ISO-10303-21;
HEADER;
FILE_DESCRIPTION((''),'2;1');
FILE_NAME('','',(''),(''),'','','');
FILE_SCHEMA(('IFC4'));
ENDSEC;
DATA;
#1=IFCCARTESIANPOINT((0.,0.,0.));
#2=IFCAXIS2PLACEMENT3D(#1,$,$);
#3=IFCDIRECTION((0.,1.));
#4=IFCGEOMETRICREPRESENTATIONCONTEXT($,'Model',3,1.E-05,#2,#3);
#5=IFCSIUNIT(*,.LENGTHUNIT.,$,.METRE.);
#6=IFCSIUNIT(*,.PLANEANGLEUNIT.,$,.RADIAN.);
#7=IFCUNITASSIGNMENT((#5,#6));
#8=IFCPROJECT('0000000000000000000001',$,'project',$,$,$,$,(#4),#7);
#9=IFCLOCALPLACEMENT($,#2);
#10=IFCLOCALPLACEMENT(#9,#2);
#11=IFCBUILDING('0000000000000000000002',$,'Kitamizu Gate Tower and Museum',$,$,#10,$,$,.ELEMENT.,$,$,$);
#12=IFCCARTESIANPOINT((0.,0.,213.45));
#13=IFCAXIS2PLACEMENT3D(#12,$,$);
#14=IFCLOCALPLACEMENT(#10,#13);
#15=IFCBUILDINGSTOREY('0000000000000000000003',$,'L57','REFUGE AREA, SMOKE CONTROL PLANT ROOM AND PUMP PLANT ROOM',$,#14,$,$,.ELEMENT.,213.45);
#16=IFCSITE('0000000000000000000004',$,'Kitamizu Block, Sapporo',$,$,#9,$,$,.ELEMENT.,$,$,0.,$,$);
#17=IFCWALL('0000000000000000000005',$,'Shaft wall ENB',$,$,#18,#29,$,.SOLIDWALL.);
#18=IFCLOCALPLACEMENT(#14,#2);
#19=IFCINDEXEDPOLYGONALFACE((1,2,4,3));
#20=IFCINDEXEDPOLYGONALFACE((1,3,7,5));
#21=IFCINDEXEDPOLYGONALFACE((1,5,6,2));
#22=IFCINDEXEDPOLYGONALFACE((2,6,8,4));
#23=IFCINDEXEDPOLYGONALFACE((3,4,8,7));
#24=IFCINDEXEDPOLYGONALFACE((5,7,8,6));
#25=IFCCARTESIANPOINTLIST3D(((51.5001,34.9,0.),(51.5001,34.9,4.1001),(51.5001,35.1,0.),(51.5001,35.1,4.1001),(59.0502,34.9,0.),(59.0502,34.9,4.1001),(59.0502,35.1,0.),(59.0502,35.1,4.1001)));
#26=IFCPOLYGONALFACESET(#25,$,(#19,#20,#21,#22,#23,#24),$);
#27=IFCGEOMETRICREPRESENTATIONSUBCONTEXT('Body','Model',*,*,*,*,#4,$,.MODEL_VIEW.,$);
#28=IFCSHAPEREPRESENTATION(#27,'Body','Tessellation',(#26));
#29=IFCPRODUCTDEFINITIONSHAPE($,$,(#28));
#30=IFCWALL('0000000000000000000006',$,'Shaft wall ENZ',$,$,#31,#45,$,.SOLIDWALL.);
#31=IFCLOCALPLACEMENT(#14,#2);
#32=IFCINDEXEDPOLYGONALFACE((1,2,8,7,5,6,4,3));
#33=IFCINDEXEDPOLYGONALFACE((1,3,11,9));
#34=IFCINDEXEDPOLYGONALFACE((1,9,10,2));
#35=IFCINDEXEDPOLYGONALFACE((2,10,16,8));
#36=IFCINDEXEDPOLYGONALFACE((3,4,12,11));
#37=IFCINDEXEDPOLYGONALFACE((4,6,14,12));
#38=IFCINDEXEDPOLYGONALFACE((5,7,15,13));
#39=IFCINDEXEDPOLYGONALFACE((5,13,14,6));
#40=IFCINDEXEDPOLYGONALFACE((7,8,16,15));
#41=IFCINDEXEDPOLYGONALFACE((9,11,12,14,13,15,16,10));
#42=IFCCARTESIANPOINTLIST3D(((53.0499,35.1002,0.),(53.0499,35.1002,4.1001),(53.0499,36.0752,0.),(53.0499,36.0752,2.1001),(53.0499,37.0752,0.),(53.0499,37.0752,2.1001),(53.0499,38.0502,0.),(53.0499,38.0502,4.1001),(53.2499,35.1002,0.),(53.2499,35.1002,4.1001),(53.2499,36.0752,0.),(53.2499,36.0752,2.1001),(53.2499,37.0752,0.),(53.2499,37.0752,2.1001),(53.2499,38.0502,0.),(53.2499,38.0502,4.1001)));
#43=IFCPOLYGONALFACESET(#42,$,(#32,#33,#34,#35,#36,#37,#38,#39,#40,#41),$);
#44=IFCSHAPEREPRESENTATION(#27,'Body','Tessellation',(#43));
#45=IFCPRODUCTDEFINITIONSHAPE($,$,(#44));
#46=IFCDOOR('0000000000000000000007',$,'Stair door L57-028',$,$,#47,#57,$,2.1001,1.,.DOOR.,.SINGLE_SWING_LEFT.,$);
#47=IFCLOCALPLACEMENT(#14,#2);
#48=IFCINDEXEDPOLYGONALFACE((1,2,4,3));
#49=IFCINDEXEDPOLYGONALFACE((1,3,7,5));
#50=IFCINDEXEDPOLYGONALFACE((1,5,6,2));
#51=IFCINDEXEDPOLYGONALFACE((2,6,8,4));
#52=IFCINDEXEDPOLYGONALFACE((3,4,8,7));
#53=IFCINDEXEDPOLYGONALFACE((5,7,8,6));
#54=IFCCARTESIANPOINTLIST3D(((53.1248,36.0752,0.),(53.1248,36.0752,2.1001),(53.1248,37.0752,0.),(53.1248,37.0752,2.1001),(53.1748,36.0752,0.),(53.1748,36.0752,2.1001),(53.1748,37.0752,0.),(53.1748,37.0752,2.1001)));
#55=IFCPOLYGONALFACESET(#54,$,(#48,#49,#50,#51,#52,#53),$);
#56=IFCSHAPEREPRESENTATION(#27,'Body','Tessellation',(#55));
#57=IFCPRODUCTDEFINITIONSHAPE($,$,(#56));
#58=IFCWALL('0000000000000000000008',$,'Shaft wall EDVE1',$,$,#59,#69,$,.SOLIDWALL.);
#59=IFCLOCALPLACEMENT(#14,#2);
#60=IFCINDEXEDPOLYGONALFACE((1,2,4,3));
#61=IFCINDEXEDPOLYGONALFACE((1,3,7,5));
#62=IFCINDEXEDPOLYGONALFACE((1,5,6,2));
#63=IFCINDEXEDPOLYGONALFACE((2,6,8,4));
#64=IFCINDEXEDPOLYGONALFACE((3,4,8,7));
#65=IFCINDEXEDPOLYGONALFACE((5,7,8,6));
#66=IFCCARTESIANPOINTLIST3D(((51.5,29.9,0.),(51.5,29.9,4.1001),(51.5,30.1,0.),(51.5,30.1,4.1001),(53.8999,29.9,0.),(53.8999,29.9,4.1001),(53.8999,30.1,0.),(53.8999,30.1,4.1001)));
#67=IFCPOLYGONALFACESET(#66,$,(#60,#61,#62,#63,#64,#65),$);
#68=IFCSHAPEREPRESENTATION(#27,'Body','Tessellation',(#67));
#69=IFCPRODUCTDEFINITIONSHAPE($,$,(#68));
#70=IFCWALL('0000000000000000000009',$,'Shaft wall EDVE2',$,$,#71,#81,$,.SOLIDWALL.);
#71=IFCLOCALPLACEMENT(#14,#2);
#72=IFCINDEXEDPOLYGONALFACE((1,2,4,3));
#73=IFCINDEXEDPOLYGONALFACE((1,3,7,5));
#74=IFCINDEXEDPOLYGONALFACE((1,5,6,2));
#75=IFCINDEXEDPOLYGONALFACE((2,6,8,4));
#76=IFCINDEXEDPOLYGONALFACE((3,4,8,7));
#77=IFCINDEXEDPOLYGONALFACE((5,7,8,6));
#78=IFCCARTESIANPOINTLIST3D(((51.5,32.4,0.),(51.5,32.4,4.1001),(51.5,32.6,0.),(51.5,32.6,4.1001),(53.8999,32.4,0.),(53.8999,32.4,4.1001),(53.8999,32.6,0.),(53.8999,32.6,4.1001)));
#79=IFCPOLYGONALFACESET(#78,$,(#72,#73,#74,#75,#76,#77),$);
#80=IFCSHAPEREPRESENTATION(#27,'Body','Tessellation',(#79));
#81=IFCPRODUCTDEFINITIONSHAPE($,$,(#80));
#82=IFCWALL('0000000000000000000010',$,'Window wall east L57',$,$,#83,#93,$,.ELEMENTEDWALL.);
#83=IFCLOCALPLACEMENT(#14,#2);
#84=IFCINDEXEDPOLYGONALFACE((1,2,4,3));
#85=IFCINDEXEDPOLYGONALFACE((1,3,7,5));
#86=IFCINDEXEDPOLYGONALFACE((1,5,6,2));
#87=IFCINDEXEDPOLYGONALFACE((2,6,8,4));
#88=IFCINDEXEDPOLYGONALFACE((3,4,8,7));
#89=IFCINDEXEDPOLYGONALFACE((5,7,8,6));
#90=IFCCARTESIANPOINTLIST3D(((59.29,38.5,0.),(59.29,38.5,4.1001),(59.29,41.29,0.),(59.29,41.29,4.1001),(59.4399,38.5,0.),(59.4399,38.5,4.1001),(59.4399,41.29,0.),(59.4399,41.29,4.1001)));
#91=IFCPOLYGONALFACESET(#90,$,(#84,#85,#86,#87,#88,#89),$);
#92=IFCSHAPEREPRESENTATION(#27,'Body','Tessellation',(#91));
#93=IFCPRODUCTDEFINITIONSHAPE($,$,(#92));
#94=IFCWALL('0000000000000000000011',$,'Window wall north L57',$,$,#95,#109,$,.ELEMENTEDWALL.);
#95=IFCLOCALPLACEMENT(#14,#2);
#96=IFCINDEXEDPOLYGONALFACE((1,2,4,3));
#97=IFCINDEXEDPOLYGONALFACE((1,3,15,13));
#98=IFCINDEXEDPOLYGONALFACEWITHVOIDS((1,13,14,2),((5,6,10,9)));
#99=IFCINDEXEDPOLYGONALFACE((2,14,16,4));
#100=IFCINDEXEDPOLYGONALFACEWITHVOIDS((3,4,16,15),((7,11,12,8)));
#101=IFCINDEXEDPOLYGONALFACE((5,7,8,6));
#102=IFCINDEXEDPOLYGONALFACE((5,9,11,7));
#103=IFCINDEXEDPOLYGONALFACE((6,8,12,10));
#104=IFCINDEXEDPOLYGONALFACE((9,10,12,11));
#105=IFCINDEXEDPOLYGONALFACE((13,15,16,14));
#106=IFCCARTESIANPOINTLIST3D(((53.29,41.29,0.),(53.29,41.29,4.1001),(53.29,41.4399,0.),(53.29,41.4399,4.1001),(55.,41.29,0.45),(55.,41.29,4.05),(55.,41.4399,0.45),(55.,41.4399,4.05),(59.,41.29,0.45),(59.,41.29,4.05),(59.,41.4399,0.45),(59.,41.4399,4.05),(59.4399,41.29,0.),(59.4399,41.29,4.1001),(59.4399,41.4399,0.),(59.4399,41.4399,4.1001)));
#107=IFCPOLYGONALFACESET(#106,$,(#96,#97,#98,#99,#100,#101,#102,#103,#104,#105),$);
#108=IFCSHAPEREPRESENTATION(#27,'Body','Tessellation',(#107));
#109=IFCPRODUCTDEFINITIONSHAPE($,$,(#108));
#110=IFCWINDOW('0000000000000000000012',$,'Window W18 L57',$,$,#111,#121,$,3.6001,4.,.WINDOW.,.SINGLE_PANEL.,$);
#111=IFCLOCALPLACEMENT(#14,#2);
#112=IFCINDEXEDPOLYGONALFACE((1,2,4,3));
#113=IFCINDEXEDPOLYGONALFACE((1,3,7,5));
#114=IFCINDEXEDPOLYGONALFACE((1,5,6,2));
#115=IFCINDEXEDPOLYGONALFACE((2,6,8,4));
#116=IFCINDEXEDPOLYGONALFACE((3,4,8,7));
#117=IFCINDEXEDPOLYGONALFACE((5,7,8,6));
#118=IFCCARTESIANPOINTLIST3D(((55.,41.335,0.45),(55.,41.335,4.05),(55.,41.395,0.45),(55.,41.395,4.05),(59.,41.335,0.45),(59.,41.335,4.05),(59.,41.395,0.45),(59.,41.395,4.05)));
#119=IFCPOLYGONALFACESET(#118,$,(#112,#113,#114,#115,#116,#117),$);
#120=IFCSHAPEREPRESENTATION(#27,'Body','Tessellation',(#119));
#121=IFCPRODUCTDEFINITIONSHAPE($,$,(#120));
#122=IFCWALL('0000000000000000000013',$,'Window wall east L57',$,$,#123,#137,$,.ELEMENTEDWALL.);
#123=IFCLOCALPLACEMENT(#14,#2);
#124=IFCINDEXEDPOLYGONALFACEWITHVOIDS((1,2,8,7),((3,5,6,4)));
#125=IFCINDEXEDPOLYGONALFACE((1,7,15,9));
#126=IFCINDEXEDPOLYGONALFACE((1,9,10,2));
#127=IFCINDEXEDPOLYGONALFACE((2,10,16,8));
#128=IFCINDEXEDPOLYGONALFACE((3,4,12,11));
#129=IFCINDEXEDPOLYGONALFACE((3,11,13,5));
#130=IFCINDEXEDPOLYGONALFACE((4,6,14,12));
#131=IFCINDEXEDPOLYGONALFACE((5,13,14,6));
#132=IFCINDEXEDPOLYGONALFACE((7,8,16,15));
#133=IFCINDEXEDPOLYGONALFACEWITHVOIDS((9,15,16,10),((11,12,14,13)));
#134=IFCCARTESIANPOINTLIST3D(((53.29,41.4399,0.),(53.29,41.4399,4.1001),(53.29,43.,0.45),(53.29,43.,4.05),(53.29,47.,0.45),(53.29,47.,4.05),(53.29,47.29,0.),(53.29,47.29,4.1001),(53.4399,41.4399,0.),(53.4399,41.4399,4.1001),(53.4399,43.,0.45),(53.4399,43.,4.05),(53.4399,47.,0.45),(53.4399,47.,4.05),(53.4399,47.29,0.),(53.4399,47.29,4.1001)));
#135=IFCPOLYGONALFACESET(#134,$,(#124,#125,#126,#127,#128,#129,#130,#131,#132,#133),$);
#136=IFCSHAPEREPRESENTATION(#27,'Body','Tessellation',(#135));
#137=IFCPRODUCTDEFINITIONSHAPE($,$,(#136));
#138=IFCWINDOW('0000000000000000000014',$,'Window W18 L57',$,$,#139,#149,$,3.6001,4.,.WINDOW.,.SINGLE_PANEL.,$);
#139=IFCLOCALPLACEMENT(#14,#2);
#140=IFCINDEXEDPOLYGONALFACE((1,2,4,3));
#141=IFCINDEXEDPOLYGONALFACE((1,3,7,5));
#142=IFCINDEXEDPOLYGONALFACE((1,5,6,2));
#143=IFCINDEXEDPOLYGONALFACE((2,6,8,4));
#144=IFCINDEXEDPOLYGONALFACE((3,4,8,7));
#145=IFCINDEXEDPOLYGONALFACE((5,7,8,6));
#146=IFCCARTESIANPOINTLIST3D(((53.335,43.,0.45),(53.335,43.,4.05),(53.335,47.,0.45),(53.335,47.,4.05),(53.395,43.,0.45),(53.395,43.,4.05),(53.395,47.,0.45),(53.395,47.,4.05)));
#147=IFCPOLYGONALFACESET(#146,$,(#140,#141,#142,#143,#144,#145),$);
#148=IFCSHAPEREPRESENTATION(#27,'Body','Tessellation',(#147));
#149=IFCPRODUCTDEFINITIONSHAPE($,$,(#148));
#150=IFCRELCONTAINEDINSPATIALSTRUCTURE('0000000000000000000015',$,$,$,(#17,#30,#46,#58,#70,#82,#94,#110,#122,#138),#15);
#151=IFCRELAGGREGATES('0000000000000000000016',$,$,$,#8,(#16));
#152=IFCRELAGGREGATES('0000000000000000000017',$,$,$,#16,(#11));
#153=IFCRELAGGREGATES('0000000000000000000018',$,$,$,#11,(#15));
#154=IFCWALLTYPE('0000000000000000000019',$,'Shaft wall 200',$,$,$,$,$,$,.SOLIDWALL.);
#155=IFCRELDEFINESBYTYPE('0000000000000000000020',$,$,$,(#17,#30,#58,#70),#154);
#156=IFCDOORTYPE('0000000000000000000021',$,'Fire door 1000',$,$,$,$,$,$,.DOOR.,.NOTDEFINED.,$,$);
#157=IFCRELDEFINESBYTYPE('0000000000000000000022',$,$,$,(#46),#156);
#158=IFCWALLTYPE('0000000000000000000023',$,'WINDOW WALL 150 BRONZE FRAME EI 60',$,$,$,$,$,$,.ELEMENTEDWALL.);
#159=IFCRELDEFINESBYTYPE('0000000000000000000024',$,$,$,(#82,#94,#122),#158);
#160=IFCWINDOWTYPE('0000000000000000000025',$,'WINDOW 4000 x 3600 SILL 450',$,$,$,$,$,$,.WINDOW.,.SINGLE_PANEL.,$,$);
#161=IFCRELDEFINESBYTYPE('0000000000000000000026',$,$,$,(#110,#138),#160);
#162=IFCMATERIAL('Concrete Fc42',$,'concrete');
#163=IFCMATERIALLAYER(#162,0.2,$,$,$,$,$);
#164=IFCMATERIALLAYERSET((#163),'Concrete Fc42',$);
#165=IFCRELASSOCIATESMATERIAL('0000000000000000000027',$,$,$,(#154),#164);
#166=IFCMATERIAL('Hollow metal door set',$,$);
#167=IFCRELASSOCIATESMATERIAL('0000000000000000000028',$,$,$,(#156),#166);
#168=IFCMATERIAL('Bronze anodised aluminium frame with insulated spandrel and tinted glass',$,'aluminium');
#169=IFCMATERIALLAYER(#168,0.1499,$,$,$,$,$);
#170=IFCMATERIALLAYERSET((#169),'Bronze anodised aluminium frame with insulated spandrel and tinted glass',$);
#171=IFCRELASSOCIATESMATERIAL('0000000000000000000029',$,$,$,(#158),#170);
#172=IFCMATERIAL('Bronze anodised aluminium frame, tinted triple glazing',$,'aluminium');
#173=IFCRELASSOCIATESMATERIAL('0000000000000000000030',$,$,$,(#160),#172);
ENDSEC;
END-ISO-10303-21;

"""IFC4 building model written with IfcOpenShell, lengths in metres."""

from ifc_helpers import new_model, si_unit, direction, frame, frame_2d, origin, place, context, subcontext, project, spatial, rectangle, extrude, material, layer, layer_set, type_object, element, fill, save


model = new_model("IFC4")

# Units and contexts
model_context = context("Model", 3, precision=1e-05, world=origin(), true_north=direction((0.0, 1.0)))
body_context = subcontext(model_context, "Body", "Model", "MODEL_VIEW")
ifc_project = project(units=[si_unit("LENGTHUNIT", "METRE"), si_unit("PLANEANGLEUNIT", "RADIAN")], contexts=[model_context])

# Site, building, storey
site_placement = place(None, origin())
site = spatial("IfcSite", under=ifc_project, at=site_placement, Name="Kitamizu Block, Sapporo", CompositionType="ELEMENT", RefElevation=0.0)
building_placement = place(site_placement, origin())
building = spatial("IfcBuilding", under=site, at=building_placement, Name="Kitamizu Gate Tower and Museum", CompositionType="ELEMENT")
storey_placement = place(building_placement, frame((0.0, 0.0, 213.45)))
storey = spatial("IfcBuildingStorey", under=building, at=storey_placement, Name="L57", Description="REFUGE AREA, SMOKE CONTROL PLANT ROOM AND PUMP PLANT ROOM", CompositionType="ELEMENT", Elevation=213.45)

# Wall
ifc_material_1 = material(Name="Concrete Fc42", Category="concrete")
ifc_layer_1 = layer(ifc_material_1, 0.2)
ifc_layer_set_1 = layer_set([ifc_layer_1], Name="Concrete Fc42")
wall_type_1 = type_object("IfcWallType", Name="Shaft wall 200", PredefinedType="SOLIDWALL", material=ifc_layer_set_1)
wall_1_placement = place(storey_placement, frame((59.05, 35.0, 0.0), z_axis=(0.0, 0.0, 1.0), x_axis=(-1.0, 0.0, 0.0)))
element("IfcWall", 1, at=wall_1_placement, inside=storey, type_object=wall_type_1, Name="Shaft wall ENB", PredefinedType="SOLIDWALL", context=body_context, shape_type="SweptSolid", body=[
    extrude(rectangle(XDim=7.55, YDim=0.2, at=frame_2d((3.7749, 0.0))), origin(), (0.0, 0.0, 1.0), 4.1001),
])

# Wall, opening, door
wall_2_placement = place(storey_placement, frame((53.1499, 35.1001, 0.0), z_axis=(0.0, 0.0, 1.0), x_axis=(0.0, 1.0, 0.0)))
wall_2 = element("IfcWall", 2, at=wall_2_placement, inside=storey, type_object=wall_type_1, Name="Shaft wall ENZ", PredefinedType="SOLIDWALL", context=body_context, shape_type="SweptSolid", body=[
    extrude(rectangle(XDim=2.95, YDim=0.2, at=frame_2d((1.4751, 0.0))), origin(), (0.0, 0.0, 1.0), 4.1001),
])
opening_1_placement = place(wall_2_placement, frame((0.9751, 0.0, 0.0)))
opening_1 = element("IfcOpeningElement", 3, at=opening_1_placement, cuts=wall_2, PredefinedType="OPENING", context=body_context, shape_type="SweptSolid", body=[
    extrude(rectangle(XDim=1.0, YDim=2.1001, at=frame_2d((0.5, 1.05))), frame((0.0, 0.1099, 0.0), z_axis=(0.0, -1.0, 0.0), x_axis=(1.0, 0.0, 0.0)), (0.0, 0.0, 1.0), 0.22),
])
ifc_material_2 = material(Name="Hollow metal door set")
door_type_1 = type_object("IfcDoorType", Name="Fire door 1000", OperationType="NOTDEFINED", PredefinedType="DOOR", material=ifc_material_2)
door_1_placement = place(opening_1_placement, frame((1.0, 0.0, 0.0), x_axis=(-1.0, 0.0, 0.0)))
door_1 = element("IfcDoor", 4, at=door_1_placement, inside=storey, type_object=door_type_1, Name="Stair door L57-028", OperationType="SINGLE_SWING_LEFT", OverallHeight=2.1001, OverallWidth=1.0, PredefinedType="DOOR", context=body_context, shape_type="SweptSolid", body=[
    extrude(rectangle(XDim=1.0, YDim=2.1001, at=frame_2d((0.5, 1.05))), frame((0.0, 0.0249, 0.0), z_axis=(0.0, -1.0, 0.0), x_axis=(1.0, 0.0, 0.0)), (0.0, 0.0, 1.0), 0.05),
])
fill(opening_1, door_1)

# Walls
for number, where, z_axis, x_axis, name in (
    (5, (53.8999, 30.0, 0.0), (0.0, 0.0, 1.0), (-1.0, 0.0, 0.0), "Shaft wall EDVE1"),
    (6, (53.8999, 32.5, 0.0), (0.0, 0.0, 1.0), (-1.0, 0.0, 0.0), "Shaft wall EDVE2"),
):
    element("IfcWall", number, at=place(storey_placement, frame(where, z_axis=z_axis, x_axis=x_axis)), inside=storey, type_object=wall_type_1, Name=name, PredefinedType="SOLIDWALL", context=body_context, shape_type="SweptSolid", body=[
        extrude(rectangle(XDim=2.3999, YDim=0.2, at=frame_2d((1.2, 0.0))), origin(), (0.0, 0.0, 1.0), 4.1001),
    ])
ifc_material_3 = material(Name="Bronze anodised aluminium frame with insulated spandrel and tinted glass", Category="aluminium")
ifc_layer_2 = layer(ifc_material_3, 0.1499)
ifc_layer_set_2 = layer_set([ifc_layer_2], Name="Bronze anodised aluminium frame with insulated spandrel and tinted glass")
wall_type_2 = type_object("IfcWallType", Name="WINDOW WALL 150 BRONZE FRAME EI 60", PredefinedType="ELEMENTEDWALL", material=ifc_layer_set_2)
wall_3_placement = place(storey_placement, frame((59.365, 38.5, 0.0), z_axis=(0.0, 0.0, 1.0), x_axis=(0.0, 1.0, 0.0)))
element("IfcWall", 7, at=wall_3_placement, inside=storey, type_object=wall_type_2, Name="Window wall east L57", PredefinedType="ELEMENTEDWALL", context=body_context, shape_type="SweptSolid", body=[
    extrude(rectangle(XDim=2.79, YDim=0.1499, at=frame_2d((1.395, 0.0))), origin(), (0.0, 0.0, 1.0), 4.1001),
])

# Walls, openings, windows
wall_4_placement = place(storey_placement, frame((53.29, 41.365, 0.0), z_axis=(0.0, 0.0, 1.0), x_axis=(1.0, 0.0, 0.0)))
wall_4 = element("IfcWall", 8, at=wall_4_placement, inside=storey, type_object=wall_type_2, Name="Window wall north L57", PredefinedType="ELEMENTEDWALL", context=body_context, shape_type="SweptSolid", body=[
    extrude(rectangle(XDim=6.1499, YDim=0.1499, at=frame_2d((3.075, 0.0))), origin(), (0.0, 0.0, 1.0), 4.1001),
])
opening_2_placement = place(wall_4_placement, frame((1.71, 0.0, 0.45)))
opening_2 = element("IfcOpeningElement", 9, at=opening_2_placement, cuts=wall_4, PredefinedType="OPENING", context=body_context, shape_type="SweptSolid", body=[
    extrude(rectangle(XDim=4.0, YDim=3.6001, at=frame_2d((2.0, 1.8))), frame((0.0, 0.085, 0.0), z_axis=(0.0, -1.0, 0.0), x_axis=(1.0, 0.0, 0.0)), (0.0, 0.0, 1.0), 0.1699),
])
ifc_material_4 = material(Name="Bronze anodised aluminium frame, tinted triple glazing", Category="aluminium")
window_type = type_object("IfcWindowType", Name="WINDOW 4000 x 3600 SILL 450", PartitioningType="SINGLE_PANEL", PredefinedType="WINDOW", material=ifc_material_4)
window_1_placement = place(opening_2_placement, origin())
window_1 = element("IfcWindow", 10, at=window_1_placement, inside=storey, type_object=window_type, Name="Window W18 L57", OverallHeight=3.6001, OverallWidth=4.0, PartitioningType="SINGLE_PANEL", PredefinedType="WINDOW", context=body_context, shape_type="SweptSolid", body=[
    extrude(rectangle(XDim=4.0, YDim=3.6001, at=frame_2d((2.0, 1.8))), frame((0.0, 0.03, 0.0), z_axis=(0.0, -1.0, 0.0), x_axis=(1.0, 0.0, 0.0)), (0.0, 0.0, 1.0), 0.0601),
])
fill(opening_2, window_1)
wall_5_placement = place(storey_placement, frame((53.365, 41.4399, 0.0), z_axis=(0.0, 0.0, 1.0), x_axis=(0.0, 1.0, 0.0)))
wall_5 = element("IfcWall", 11, at=wall_5_placement, inside=storey, type_object=wall_type_2, Name="Window wall east L57", PredefinedType="ELEMENTEDWALL", context=body_context, shape_type="SweptSolid", body=[
    extrude(rectangle(XDim=5.8501, YDim=0.1499, at=frame_2d((2.925, 0.0))), origin(), (0.0, 0.0, 1.0), 4.1001),
])
opening_3_placement = place(wall_5_placement, frame((1.5601, 0.0, 0.45)))
opening_3 = element("IfcOpeningElement", 12, at=opening_3_placement, cuts=wall_5, PredefinedType="OPENING", context=body_context, shape_type="SweptSolid", body=[
    extrude(rectangle(XDim=4.0, YDim=3.6001, at=frame_2d((2.0, 1.8))), frame((0.0, 0.085, 0.0), z_axis=(0.0, -1.0, 0.0), x_axis=(1.0, 0.0, 0.0)), (0.0, 0.0, 1.0), 0.1699),
])
window_2_placement = place(opening_3_placement, origin())
window_2 = element("IfcWindow", 13, at=window_2_placement, inside=storey, type_object=window_type, Name="Window W18 L57", OverallHeight=3.6001, OverallWidth=4.0, PartitioningType="SINGLE_PANEL", PredefinedType="WINDOW", context=body_context, shape_type="SweptSolid", body=[
    extrude(rectangle(XDim=4.0, YDim=3.6001, at=frame_2d((2.0, 1.8))), frame((0.0, 0.03, 0.0), z_axis=(0.0, -1.0, 0.0), x_axis=(1.0, 0.0, 0.0)), (0.0, 0.0, 1.0), 0.0601),
])
fill(opening_3, window_2)

save(model, "model.ifc")
